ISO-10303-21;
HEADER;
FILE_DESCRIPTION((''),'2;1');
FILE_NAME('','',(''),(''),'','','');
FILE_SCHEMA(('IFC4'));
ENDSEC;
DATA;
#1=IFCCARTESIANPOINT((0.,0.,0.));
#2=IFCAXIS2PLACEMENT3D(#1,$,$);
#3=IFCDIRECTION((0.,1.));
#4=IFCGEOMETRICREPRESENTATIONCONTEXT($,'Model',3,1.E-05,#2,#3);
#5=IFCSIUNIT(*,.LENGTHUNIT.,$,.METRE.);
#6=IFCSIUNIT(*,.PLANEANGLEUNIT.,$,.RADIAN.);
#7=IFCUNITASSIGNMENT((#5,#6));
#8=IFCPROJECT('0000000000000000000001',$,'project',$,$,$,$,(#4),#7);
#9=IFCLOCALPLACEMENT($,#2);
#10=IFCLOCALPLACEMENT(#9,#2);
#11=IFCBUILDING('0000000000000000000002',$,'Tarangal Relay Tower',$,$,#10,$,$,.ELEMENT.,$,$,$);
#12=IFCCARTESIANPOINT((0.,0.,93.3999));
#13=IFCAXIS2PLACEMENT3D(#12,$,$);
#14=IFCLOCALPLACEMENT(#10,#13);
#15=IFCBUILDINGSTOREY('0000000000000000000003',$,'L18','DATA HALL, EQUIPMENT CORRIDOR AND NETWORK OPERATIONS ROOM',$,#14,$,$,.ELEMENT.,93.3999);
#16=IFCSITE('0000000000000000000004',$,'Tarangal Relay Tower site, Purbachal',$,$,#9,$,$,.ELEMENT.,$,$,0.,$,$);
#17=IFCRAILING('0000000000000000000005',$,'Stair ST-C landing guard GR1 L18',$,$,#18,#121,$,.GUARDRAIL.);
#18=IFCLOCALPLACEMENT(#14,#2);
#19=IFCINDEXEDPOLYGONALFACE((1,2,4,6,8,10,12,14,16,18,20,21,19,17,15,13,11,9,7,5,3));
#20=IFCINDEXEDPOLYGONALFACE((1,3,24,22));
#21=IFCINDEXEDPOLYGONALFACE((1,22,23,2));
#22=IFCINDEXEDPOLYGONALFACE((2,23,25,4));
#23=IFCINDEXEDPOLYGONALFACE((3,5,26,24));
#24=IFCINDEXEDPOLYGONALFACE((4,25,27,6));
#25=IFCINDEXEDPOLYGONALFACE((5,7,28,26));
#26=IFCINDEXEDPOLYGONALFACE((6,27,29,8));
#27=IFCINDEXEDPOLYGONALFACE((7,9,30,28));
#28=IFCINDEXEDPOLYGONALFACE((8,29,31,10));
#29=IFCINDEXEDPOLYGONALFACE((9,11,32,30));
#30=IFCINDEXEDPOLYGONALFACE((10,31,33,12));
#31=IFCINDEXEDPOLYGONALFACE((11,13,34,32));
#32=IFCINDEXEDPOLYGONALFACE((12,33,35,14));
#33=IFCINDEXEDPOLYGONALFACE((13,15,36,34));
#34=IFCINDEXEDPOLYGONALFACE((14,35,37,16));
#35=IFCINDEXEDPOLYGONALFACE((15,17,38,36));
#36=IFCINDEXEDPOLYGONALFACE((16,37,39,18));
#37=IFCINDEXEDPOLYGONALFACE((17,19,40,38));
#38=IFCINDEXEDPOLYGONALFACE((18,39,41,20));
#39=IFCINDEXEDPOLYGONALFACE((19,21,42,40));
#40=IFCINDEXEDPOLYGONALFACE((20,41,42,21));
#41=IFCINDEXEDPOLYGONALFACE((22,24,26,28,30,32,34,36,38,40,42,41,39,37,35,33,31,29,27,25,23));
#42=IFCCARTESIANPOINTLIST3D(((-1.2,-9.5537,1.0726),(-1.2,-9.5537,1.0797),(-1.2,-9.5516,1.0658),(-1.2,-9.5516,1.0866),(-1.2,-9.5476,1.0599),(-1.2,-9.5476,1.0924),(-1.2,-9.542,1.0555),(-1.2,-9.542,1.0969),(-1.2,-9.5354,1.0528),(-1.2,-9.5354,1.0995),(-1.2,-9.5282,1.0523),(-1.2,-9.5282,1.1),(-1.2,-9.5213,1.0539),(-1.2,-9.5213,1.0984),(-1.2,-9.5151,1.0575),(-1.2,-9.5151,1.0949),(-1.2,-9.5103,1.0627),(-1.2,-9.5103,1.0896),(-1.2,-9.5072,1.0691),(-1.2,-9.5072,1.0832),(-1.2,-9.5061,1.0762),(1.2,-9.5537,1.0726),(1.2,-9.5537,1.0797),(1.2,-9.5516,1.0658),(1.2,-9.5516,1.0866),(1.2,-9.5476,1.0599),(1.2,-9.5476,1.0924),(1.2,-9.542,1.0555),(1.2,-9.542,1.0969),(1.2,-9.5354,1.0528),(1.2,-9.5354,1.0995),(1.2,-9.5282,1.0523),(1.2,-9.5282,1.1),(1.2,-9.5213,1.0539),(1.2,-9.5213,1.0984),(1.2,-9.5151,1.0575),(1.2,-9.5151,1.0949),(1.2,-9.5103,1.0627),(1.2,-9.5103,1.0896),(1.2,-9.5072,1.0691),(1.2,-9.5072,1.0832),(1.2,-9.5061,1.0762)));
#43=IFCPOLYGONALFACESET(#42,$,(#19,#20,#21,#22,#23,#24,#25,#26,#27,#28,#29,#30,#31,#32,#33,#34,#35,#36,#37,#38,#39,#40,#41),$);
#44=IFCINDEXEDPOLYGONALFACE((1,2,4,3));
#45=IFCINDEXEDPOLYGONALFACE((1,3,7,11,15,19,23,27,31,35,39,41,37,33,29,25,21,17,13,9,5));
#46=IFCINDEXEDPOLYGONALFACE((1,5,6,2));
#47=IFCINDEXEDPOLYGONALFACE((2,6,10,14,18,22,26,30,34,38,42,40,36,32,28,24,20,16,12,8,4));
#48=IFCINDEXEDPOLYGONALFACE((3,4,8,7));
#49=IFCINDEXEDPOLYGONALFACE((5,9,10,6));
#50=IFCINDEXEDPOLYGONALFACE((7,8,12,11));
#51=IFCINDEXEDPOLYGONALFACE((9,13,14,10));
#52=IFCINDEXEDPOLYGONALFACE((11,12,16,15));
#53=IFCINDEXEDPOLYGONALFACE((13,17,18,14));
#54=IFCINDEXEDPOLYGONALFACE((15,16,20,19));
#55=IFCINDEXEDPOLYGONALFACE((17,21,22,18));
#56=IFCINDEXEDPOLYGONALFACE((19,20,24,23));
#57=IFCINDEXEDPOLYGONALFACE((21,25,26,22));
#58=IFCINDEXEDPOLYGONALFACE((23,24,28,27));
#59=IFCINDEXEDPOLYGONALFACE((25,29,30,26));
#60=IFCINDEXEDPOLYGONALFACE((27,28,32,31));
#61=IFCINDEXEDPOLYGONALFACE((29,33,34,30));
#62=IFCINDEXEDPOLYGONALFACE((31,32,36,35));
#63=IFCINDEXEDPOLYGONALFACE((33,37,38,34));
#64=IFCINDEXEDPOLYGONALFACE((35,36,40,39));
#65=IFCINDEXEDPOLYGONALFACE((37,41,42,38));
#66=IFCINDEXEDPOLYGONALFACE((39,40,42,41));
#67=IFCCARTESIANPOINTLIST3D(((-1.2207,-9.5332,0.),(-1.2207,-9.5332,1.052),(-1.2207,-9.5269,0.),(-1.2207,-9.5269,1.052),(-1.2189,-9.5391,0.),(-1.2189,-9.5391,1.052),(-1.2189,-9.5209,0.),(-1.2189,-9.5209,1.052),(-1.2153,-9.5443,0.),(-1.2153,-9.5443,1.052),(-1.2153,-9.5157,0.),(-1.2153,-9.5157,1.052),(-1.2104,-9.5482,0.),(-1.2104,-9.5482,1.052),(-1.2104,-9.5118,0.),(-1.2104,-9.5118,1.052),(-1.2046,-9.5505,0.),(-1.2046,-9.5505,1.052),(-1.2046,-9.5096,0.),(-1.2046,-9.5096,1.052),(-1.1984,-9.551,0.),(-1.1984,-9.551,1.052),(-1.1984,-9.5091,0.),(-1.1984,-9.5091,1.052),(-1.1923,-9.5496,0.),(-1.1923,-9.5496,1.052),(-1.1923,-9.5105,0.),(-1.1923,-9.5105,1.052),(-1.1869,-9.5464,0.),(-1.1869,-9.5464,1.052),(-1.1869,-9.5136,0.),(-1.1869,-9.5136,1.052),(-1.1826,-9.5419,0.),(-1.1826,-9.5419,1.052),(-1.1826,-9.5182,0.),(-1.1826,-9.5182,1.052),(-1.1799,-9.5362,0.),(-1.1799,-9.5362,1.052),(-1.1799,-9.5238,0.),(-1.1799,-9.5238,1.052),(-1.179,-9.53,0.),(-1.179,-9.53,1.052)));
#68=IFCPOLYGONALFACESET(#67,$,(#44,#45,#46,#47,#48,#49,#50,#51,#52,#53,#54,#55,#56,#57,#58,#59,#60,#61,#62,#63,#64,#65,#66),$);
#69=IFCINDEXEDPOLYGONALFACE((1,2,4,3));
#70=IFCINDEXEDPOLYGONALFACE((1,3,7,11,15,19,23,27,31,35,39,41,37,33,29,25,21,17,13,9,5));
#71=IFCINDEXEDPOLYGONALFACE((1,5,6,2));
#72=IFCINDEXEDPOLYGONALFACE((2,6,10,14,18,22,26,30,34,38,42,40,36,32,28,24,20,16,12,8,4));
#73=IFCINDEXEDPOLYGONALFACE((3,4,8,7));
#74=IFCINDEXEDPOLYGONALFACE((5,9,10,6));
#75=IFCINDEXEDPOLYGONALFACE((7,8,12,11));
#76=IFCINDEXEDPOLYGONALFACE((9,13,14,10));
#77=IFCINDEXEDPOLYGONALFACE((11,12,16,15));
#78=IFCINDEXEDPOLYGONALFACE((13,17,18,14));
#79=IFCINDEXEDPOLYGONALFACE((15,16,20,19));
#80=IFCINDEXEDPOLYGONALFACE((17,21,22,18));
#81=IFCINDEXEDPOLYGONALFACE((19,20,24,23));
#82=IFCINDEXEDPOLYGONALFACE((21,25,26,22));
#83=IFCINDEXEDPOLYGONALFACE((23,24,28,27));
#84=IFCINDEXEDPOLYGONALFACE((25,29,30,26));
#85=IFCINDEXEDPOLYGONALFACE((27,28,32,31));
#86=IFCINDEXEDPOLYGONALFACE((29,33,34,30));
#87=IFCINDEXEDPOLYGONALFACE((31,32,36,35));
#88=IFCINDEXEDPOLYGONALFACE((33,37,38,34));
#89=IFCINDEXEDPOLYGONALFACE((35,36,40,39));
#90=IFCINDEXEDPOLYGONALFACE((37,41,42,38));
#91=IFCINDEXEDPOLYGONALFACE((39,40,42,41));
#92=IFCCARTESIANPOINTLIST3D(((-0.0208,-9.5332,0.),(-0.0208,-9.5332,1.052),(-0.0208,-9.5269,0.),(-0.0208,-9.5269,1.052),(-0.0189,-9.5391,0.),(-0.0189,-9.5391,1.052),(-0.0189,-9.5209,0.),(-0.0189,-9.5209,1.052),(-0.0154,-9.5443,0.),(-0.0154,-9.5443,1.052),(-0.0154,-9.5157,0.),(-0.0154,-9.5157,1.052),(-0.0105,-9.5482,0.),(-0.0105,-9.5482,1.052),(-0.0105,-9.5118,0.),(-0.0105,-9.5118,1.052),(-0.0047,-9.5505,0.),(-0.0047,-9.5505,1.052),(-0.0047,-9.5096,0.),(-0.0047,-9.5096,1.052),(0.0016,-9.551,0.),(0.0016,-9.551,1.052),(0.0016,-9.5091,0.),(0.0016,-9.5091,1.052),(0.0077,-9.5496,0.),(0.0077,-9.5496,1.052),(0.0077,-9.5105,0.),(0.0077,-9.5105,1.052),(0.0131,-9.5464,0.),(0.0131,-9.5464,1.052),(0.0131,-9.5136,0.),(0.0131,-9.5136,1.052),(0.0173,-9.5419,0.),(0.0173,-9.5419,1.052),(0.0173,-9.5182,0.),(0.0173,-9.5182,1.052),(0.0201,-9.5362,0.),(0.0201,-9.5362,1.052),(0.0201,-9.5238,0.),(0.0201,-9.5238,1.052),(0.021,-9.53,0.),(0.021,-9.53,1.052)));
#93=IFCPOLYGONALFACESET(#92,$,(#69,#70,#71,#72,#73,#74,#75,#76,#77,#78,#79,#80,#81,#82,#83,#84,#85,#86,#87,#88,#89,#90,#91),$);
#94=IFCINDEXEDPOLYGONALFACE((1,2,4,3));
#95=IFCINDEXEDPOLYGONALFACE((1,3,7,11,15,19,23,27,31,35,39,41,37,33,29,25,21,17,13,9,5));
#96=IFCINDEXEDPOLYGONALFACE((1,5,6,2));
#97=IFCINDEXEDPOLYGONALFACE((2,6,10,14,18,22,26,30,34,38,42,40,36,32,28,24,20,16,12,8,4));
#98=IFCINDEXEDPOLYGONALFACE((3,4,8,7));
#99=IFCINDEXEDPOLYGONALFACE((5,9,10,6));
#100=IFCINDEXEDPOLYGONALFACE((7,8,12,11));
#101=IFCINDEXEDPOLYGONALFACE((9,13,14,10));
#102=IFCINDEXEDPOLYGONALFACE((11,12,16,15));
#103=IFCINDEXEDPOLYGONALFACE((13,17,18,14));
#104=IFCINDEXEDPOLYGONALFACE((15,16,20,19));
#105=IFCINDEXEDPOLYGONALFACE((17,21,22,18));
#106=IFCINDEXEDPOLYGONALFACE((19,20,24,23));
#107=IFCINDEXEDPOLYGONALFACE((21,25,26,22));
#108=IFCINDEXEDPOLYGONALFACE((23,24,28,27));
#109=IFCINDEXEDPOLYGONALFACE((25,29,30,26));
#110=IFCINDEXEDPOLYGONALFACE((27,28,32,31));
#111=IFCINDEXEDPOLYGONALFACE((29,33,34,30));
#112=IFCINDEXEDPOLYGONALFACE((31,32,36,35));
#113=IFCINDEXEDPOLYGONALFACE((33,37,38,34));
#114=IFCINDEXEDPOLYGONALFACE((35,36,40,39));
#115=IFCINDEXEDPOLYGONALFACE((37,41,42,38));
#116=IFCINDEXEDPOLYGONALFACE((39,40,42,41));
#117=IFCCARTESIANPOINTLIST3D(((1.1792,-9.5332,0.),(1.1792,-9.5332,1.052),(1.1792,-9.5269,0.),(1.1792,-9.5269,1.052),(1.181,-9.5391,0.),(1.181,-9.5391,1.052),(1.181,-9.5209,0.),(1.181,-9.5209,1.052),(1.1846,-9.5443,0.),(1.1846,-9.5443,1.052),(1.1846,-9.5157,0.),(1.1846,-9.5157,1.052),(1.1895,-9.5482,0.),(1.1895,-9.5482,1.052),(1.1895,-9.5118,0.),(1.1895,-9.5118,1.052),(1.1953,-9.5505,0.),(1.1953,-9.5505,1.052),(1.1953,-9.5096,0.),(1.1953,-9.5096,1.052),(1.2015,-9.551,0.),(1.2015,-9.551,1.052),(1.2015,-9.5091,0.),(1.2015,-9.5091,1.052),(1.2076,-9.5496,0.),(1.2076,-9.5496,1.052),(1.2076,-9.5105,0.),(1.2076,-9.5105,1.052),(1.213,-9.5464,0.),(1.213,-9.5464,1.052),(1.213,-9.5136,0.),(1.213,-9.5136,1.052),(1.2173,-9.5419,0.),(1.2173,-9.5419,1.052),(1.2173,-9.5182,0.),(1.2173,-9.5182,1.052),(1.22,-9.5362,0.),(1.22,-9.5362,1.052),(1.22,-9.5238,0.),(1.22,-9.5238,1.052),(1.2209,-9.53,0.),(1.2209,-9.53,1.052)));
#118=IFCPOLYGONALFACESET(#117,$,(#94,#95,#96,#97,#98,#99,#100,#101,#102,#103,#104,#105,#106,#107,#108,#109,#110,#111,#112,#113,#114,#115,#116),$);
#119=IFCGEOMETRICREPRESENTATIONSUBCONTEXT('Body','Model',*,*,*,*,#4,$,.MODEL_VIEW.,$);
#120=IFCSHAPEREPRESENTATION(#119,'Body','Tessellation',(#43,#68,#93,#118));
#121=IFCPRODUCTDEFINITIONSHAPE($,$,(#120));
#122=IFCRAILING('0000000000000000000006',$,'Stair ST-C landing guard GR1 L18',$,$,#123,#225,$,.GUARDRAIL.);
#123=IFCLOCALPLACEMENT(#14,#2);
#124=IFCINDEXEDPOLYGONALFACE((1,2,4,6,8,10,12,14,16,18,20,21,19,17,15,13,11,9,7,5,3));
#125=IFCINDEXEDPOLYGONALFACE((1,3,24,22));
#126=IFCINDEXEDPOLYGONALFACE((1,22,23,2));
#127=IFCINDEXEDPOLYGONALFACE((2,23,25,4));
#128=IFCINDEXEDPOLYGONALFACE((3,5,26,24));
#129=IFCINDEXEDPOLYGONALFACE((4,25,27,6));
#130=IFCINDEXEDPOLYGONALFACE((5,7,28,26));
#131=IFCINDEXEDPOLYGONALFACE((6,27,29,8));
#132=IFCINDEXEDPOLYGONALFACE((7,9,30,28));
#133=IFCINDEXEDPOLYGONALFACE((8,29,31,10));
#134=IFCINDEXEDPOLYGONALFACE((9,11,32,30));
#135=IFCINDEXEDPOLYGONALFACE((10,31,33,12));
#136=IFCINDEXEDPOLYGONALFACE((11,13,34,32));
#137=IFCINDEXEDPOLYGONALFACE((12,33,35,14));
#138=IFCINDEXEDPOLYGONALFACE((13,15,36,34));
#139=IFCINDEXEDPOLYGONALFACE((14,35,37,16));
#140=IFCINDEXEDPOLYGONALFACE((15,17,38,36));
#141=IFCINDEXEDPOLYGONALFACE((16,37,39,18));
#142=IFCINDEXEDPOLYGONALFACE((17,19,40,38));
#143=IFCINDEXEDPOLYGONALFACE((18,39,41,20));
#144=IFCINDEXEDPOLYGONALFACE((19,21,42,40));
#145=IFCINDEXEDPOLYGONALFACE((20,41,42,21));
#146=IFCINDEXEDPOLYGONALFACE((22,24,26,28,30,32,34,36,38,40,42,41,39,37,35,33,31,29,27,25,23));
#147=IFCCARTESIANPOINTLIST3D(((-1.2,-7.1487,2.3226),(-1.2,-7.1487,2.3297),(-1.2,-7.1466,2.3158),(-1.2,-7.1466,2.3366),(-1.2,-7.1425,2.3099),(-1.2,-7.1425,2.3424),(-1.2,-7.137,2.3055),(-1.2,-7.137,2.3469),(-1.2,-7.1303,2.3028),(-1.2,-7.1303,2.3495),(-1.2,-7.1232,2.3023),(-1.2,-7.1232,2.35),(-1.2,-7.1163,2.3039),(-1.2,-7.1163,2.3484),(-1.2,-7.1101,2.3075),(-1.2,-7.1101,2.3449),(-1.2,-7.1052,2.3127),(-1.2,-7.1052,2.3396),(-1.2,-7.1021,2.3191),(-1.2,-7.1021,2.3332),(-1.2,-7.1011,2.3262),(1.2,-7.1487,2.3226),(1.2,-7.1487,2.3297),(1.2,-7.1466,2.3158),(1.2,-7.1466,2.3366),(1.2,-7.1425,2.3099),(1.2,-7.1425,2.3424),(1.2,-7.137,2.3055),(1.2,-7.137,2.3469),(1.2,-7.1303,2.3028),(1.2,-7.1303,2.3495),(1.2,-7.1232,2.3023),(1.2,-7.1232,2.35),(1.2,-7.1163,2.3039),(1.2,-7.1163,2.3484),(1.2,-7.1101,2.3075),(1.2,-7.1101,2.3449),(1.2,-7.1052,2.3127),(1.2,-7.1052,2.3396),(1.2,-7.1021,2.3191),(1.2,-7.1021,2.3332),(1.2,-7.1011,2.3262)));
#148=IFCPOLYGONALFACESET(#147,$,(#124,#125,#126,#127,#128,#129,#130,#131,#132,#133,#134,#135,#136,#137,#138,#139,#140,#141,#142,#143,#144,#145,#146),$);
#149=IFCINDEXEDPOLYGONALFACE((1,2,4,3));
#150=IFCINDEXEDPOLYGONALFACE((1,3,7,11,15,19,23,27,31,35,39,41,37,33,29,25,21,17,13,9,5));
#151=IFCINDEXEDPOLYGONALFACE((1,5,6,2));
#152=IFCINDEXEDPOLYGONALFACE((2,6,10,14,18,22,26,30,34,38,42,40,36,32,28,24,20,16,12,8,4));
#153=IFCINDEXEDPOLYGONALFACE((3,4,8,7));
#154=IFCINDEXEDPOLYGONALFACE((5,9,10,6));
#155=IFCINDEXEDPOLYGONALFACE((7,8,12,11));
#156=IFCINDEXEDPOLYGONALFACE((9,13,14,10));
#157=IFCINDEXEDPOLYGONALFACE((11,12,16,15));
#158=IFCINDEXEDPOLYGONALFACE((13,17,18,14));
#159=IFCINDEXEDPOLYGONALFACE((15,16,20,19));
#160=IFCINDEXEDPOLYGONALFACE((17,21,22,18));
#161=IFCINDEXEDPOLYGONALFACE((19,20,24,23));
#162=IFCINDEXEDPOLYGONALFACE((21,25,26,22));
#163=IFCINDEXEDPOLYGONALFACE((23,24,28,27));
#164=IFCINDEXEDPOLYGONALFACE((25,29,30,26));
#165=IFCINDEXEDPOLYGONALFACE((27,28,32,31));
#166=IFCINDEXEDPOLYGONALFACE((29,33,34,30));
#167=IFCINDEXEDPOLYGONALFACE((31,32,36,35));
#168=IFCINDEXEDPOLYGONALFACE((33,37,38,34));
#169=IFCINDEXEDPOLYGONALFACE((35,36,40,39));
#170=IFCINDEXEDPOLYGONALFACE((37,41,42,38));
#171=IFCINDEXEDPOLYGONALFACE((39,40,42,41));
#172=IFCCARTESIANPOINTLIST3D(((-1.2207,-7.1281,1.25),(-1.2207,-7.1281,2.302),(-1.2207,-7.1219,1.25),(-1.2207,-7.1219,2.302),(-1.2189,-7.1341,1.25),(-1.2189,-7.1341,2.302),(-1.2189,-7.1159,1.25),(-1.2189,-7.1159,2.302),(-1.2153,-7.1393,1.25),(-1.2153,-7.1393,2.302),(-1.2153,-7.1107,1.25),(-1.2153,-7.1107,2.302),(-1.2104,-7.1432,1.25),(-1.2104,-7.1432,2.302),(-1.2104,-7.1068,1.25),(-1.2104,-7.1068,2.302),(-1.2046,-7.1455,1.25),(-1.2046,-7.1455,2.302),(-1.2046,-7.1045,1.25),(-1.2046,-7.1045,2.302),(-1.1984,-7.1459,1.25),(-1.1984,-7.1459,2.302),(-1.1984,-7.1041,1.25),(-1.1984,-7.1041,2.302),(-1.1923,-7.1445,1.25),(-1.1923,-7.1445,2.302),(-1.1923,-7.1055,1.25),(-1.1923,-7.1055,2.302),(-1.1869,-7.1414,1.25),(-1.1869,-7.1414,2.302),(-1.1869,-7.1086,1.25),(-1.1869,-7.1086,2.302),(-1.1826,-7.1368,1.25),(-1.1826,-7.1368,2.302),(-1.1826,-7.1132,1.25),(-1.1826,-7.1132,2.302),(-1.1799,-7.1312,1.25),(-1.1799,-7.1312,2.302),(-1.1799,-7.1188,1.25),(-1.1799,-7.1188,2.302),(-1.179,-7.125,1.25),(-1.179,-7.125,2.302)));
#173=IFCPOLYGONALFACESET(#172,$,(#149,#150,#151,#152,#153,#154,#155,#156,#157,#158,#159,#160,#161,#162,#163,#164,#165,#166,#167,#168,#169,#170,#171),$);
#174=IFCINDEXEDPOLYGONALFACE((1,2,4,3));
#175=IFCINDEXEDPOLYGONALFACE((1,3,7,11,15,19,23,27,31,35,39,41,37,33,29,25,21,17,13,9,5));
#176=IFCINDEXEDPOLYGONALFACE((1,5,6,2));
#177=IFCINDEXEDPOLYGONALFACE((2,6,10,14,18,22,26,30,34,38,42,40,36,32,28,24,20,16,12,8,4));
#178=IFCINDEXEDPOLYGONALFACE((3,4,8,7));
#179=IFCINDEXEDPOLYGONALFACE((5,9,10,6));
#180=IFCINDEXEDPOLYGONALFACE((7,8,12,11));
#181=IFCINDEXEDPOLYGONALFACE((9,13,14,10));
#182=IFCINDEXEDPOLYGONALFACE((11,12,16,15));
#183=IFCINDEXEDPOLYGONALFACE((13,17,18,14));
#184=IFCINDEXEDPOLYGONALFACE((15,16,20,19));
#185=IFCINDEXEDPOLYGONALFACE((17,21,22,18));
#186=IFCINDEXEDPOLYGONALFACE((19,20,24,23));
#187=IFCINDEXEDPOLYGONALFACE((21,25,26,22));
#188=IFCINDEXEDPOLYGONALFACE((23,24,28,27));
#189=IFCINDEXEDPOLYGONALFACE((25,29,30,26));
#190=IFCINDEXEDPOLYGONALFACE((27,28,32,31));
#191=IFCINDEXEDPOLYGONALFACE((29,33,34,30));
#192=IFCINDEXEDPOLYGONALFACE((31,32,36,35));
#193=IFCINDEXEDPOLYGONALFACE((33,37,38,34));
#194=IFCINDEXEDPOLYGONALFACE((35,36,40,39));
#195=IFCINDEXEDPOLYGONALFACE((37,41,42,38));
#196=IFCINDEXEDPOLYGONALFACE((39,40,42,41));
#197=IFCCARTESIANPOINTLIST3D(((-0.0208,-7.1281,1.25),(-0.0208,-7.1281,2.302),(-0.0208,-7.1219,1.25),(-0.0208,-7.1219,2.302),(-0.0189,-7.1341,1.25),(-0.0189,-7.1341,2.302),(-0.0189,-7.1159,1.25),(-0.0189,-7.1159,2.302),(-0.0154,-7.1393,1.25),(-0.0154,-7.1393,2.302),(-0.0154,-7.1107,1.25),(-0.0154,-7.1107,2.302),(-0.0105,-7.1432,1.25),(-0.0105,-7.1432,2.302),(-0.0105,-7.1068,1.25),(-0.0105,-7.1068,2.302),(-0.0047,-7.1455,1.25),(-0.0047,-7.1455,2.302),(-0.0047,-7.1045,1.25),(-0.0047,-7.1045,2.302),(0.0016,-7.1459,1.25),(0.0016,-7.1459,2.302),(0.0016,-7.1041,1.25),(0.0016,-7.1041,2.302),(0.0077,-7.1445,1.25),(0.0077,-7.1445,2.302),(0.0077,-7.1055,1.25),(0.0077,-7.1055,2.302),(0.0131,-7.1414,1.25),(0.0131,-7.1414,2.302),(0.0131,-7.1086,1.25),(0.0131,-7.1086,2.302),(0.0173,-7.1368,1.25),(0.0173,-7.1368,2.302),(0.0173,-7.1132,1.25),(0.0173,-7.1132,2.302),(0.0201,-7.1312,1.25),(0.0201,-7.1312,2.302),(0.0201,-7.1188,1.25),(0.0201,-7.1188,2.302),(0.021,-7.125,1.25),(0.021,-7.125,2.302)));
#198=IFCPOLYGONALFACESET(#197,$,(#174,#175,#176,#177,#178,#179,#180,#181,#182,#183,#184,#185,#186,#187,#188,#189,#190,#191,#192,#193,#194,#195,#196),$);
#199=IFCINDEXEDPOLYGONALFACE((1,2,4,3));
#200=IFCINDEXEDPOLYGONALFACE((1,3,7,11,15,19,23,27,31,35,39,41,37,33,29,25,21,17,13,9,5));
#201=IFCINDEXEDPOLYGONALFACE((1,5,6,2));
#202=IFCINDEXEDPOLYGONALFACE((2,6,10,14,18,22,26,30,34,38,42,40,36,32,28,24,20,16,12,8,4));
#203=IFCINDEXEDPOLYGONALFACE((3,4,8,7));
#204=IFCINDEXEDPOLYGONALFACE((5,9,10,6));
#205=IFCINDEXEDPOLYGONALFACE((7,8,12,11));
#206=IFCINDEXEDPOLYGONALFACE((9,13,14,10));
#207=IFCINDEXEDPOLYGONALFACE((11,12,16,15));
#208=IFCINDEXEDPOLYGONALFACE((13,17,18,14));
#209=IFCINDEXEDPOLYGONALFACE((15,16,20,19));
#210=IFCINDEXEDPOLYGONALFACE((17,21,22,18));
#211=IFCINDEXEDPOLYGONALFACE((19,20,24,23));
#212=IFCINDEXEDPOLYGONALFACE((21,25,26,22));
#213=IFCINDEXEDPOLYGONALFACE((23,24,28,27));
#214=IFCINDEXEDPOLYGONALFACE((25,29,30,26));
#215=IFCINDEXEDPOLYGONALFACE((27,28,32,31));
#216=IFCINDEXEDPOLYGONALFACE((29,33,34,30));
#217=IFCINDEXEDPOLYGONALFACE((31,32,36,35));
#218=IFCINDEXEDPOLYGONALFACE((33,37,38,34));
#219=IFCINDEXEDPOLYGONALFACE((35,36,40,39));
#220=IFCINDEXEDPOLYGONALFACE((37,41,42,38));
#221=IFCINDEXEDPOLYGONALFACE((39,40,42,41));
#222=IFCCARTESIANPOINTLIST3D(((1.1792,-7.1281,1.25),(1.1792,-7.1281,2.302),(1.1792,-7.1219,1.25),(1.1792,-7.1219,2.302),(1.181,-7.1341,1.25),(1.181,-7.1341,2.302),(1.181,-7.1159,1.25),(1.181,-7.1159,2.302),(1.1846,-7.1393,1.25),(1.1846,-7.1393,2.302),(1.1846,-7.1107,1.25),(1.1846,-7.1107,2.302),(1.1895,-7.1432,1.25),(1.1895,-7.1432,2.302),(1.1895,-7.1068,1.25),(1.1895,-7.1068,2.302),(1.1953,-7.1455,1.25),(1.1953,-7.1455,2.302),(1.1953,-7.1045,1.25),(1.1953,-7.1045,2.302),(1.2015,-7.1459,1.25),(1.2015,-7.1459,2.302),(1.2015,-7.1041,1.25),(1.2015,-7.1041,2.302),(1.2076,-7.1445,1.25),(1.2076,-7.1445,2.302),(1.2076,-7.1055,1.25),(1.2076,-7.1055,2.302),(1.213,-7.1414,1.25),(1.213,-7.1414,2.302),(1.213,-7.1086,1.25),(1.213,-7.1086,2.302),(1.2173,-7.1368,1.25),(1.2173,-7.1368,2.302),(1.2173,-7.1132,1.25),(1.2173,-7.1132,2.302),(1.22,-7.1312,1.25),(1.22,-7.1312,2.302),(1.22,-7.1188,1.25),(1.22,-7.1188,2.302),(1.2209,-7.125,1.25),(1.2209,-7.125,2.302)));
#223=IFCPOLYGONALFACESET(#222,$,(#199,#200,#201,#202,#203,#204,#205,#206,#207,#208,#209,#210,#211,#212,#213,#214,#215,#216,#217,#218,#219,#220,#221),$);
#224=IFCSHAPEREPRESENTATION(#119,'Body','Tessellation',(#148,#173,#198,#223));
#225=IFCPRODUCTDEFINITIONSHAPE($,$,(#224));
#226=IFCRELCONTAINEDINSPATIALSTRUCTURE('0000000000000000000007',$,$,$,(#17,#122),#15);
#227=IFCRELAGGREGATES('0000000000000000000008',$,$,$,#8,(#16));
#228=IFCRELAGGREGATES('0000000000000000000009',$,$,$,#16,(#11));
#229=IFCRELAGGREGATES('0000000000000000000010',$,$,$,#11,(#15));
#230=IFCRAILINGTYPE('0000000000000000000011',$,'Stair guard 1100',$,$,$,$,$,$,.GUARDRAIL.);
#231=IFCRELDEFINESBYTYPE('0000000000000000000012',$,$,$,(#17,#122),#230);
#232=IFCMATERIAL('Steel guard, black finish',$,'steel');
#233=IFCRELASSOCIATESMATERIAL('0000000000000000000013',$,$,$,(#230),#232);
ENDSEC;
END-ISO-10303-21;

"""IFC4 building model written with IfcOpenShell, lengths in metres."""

from ifc_helpers import new_model, si_unit, direction, frame, origin, origin_2d, place, context, subcontext, project, spatial, circle, extrude, material, type_object, element, save


model = new_model("IFC4")

# Units and contexts
model_context = context("Model", 3, precision=1e-05, world=origin(), true_north=direction((0.0, 1.0)))
body_context = subcontext(model_context, "Body", "Model", "MODEL_VIEW")
ifc_project = project(units=[si_unit("LENGTHUNIT", "METRE"), si_unit("PLANEANGLEUNIT", "RADIAN")], contexts=[model_context])

# Site, building, storey
site_placement = place(None, origin())
site = spatial("IfcSite", under=ifc_project, at=site_placement, Name="Tarangal Relay Tower site, Purbachal", CompositionType="ELEMENT", RefElevation=0.0)
building_placement = place(site_placement, origin())
building = spatial("IfcBuilding", under=site, at=building_placement, Name="Tarangal Relay Tower", CompositionType="ELEMENT")
storey_placement = place(building_placement, frame((0.0, 0.0, 93.3999)))
storey = spatial("IfcBuildingStorey", under=building, at=storey_placement, Name="L18", Description="DATA HALL, EQUIPMENT CORRIDOR AND NETWORK OPERATIONS ROOM", CompositionType="ELEMENT", Elevation=93.3999)

# Railings
ifc_material_1 = material(Name="Steel guard, black finish", Category="steel")
railing_type_1 = type_object("IfcRailingType", Name="Stair guard 1100", PredefinedType="GUARDRAIL", material=ifc_material_1)
for number, where, name in (
    (1, (-1.2, -9.53, 0.0), "Stair ST-C landing guard GR1 L18"),
    (2, (-1.2, -7.125, 1.25), "Stair ST-C landing guard GR1 L18"),
):
    element("IfcRailing", number, at=place(storey_placement, frame(where)), inside=storey, type_object=railing_type_1, Name=name, PredefinedType="GUARDRAIL", context=body_context, shape_type="SweptSolid", body=[
        extrude(circle(Radius=0.0239, at=origin_2d()), frame((0.0, 0.0, 1.0762), z_axis=(1.0, 0.0, 0.0), x_axis=(0.0, 1.0, 0.0)), (0.0, 0.0, 1.0), 2.3999),
        extrude(circle(Radius=0.021, at=origin_2d()), origin(), (0.0, 0.0, 1.0), 1.052),
        extrude(circle(Radius=0.021, at=origin_2d()), frame((1.2, 0.0, 0.0)), (0.0, 0.0, 1.0), 1.052),
        extrude(circle(Radius=0.021, at=origin_2d()), frame((2.3999, 0.0, 0.0)), (0.0, 0.0, 1.0), 1.052),
    ])

save(model, "model.ifc")
